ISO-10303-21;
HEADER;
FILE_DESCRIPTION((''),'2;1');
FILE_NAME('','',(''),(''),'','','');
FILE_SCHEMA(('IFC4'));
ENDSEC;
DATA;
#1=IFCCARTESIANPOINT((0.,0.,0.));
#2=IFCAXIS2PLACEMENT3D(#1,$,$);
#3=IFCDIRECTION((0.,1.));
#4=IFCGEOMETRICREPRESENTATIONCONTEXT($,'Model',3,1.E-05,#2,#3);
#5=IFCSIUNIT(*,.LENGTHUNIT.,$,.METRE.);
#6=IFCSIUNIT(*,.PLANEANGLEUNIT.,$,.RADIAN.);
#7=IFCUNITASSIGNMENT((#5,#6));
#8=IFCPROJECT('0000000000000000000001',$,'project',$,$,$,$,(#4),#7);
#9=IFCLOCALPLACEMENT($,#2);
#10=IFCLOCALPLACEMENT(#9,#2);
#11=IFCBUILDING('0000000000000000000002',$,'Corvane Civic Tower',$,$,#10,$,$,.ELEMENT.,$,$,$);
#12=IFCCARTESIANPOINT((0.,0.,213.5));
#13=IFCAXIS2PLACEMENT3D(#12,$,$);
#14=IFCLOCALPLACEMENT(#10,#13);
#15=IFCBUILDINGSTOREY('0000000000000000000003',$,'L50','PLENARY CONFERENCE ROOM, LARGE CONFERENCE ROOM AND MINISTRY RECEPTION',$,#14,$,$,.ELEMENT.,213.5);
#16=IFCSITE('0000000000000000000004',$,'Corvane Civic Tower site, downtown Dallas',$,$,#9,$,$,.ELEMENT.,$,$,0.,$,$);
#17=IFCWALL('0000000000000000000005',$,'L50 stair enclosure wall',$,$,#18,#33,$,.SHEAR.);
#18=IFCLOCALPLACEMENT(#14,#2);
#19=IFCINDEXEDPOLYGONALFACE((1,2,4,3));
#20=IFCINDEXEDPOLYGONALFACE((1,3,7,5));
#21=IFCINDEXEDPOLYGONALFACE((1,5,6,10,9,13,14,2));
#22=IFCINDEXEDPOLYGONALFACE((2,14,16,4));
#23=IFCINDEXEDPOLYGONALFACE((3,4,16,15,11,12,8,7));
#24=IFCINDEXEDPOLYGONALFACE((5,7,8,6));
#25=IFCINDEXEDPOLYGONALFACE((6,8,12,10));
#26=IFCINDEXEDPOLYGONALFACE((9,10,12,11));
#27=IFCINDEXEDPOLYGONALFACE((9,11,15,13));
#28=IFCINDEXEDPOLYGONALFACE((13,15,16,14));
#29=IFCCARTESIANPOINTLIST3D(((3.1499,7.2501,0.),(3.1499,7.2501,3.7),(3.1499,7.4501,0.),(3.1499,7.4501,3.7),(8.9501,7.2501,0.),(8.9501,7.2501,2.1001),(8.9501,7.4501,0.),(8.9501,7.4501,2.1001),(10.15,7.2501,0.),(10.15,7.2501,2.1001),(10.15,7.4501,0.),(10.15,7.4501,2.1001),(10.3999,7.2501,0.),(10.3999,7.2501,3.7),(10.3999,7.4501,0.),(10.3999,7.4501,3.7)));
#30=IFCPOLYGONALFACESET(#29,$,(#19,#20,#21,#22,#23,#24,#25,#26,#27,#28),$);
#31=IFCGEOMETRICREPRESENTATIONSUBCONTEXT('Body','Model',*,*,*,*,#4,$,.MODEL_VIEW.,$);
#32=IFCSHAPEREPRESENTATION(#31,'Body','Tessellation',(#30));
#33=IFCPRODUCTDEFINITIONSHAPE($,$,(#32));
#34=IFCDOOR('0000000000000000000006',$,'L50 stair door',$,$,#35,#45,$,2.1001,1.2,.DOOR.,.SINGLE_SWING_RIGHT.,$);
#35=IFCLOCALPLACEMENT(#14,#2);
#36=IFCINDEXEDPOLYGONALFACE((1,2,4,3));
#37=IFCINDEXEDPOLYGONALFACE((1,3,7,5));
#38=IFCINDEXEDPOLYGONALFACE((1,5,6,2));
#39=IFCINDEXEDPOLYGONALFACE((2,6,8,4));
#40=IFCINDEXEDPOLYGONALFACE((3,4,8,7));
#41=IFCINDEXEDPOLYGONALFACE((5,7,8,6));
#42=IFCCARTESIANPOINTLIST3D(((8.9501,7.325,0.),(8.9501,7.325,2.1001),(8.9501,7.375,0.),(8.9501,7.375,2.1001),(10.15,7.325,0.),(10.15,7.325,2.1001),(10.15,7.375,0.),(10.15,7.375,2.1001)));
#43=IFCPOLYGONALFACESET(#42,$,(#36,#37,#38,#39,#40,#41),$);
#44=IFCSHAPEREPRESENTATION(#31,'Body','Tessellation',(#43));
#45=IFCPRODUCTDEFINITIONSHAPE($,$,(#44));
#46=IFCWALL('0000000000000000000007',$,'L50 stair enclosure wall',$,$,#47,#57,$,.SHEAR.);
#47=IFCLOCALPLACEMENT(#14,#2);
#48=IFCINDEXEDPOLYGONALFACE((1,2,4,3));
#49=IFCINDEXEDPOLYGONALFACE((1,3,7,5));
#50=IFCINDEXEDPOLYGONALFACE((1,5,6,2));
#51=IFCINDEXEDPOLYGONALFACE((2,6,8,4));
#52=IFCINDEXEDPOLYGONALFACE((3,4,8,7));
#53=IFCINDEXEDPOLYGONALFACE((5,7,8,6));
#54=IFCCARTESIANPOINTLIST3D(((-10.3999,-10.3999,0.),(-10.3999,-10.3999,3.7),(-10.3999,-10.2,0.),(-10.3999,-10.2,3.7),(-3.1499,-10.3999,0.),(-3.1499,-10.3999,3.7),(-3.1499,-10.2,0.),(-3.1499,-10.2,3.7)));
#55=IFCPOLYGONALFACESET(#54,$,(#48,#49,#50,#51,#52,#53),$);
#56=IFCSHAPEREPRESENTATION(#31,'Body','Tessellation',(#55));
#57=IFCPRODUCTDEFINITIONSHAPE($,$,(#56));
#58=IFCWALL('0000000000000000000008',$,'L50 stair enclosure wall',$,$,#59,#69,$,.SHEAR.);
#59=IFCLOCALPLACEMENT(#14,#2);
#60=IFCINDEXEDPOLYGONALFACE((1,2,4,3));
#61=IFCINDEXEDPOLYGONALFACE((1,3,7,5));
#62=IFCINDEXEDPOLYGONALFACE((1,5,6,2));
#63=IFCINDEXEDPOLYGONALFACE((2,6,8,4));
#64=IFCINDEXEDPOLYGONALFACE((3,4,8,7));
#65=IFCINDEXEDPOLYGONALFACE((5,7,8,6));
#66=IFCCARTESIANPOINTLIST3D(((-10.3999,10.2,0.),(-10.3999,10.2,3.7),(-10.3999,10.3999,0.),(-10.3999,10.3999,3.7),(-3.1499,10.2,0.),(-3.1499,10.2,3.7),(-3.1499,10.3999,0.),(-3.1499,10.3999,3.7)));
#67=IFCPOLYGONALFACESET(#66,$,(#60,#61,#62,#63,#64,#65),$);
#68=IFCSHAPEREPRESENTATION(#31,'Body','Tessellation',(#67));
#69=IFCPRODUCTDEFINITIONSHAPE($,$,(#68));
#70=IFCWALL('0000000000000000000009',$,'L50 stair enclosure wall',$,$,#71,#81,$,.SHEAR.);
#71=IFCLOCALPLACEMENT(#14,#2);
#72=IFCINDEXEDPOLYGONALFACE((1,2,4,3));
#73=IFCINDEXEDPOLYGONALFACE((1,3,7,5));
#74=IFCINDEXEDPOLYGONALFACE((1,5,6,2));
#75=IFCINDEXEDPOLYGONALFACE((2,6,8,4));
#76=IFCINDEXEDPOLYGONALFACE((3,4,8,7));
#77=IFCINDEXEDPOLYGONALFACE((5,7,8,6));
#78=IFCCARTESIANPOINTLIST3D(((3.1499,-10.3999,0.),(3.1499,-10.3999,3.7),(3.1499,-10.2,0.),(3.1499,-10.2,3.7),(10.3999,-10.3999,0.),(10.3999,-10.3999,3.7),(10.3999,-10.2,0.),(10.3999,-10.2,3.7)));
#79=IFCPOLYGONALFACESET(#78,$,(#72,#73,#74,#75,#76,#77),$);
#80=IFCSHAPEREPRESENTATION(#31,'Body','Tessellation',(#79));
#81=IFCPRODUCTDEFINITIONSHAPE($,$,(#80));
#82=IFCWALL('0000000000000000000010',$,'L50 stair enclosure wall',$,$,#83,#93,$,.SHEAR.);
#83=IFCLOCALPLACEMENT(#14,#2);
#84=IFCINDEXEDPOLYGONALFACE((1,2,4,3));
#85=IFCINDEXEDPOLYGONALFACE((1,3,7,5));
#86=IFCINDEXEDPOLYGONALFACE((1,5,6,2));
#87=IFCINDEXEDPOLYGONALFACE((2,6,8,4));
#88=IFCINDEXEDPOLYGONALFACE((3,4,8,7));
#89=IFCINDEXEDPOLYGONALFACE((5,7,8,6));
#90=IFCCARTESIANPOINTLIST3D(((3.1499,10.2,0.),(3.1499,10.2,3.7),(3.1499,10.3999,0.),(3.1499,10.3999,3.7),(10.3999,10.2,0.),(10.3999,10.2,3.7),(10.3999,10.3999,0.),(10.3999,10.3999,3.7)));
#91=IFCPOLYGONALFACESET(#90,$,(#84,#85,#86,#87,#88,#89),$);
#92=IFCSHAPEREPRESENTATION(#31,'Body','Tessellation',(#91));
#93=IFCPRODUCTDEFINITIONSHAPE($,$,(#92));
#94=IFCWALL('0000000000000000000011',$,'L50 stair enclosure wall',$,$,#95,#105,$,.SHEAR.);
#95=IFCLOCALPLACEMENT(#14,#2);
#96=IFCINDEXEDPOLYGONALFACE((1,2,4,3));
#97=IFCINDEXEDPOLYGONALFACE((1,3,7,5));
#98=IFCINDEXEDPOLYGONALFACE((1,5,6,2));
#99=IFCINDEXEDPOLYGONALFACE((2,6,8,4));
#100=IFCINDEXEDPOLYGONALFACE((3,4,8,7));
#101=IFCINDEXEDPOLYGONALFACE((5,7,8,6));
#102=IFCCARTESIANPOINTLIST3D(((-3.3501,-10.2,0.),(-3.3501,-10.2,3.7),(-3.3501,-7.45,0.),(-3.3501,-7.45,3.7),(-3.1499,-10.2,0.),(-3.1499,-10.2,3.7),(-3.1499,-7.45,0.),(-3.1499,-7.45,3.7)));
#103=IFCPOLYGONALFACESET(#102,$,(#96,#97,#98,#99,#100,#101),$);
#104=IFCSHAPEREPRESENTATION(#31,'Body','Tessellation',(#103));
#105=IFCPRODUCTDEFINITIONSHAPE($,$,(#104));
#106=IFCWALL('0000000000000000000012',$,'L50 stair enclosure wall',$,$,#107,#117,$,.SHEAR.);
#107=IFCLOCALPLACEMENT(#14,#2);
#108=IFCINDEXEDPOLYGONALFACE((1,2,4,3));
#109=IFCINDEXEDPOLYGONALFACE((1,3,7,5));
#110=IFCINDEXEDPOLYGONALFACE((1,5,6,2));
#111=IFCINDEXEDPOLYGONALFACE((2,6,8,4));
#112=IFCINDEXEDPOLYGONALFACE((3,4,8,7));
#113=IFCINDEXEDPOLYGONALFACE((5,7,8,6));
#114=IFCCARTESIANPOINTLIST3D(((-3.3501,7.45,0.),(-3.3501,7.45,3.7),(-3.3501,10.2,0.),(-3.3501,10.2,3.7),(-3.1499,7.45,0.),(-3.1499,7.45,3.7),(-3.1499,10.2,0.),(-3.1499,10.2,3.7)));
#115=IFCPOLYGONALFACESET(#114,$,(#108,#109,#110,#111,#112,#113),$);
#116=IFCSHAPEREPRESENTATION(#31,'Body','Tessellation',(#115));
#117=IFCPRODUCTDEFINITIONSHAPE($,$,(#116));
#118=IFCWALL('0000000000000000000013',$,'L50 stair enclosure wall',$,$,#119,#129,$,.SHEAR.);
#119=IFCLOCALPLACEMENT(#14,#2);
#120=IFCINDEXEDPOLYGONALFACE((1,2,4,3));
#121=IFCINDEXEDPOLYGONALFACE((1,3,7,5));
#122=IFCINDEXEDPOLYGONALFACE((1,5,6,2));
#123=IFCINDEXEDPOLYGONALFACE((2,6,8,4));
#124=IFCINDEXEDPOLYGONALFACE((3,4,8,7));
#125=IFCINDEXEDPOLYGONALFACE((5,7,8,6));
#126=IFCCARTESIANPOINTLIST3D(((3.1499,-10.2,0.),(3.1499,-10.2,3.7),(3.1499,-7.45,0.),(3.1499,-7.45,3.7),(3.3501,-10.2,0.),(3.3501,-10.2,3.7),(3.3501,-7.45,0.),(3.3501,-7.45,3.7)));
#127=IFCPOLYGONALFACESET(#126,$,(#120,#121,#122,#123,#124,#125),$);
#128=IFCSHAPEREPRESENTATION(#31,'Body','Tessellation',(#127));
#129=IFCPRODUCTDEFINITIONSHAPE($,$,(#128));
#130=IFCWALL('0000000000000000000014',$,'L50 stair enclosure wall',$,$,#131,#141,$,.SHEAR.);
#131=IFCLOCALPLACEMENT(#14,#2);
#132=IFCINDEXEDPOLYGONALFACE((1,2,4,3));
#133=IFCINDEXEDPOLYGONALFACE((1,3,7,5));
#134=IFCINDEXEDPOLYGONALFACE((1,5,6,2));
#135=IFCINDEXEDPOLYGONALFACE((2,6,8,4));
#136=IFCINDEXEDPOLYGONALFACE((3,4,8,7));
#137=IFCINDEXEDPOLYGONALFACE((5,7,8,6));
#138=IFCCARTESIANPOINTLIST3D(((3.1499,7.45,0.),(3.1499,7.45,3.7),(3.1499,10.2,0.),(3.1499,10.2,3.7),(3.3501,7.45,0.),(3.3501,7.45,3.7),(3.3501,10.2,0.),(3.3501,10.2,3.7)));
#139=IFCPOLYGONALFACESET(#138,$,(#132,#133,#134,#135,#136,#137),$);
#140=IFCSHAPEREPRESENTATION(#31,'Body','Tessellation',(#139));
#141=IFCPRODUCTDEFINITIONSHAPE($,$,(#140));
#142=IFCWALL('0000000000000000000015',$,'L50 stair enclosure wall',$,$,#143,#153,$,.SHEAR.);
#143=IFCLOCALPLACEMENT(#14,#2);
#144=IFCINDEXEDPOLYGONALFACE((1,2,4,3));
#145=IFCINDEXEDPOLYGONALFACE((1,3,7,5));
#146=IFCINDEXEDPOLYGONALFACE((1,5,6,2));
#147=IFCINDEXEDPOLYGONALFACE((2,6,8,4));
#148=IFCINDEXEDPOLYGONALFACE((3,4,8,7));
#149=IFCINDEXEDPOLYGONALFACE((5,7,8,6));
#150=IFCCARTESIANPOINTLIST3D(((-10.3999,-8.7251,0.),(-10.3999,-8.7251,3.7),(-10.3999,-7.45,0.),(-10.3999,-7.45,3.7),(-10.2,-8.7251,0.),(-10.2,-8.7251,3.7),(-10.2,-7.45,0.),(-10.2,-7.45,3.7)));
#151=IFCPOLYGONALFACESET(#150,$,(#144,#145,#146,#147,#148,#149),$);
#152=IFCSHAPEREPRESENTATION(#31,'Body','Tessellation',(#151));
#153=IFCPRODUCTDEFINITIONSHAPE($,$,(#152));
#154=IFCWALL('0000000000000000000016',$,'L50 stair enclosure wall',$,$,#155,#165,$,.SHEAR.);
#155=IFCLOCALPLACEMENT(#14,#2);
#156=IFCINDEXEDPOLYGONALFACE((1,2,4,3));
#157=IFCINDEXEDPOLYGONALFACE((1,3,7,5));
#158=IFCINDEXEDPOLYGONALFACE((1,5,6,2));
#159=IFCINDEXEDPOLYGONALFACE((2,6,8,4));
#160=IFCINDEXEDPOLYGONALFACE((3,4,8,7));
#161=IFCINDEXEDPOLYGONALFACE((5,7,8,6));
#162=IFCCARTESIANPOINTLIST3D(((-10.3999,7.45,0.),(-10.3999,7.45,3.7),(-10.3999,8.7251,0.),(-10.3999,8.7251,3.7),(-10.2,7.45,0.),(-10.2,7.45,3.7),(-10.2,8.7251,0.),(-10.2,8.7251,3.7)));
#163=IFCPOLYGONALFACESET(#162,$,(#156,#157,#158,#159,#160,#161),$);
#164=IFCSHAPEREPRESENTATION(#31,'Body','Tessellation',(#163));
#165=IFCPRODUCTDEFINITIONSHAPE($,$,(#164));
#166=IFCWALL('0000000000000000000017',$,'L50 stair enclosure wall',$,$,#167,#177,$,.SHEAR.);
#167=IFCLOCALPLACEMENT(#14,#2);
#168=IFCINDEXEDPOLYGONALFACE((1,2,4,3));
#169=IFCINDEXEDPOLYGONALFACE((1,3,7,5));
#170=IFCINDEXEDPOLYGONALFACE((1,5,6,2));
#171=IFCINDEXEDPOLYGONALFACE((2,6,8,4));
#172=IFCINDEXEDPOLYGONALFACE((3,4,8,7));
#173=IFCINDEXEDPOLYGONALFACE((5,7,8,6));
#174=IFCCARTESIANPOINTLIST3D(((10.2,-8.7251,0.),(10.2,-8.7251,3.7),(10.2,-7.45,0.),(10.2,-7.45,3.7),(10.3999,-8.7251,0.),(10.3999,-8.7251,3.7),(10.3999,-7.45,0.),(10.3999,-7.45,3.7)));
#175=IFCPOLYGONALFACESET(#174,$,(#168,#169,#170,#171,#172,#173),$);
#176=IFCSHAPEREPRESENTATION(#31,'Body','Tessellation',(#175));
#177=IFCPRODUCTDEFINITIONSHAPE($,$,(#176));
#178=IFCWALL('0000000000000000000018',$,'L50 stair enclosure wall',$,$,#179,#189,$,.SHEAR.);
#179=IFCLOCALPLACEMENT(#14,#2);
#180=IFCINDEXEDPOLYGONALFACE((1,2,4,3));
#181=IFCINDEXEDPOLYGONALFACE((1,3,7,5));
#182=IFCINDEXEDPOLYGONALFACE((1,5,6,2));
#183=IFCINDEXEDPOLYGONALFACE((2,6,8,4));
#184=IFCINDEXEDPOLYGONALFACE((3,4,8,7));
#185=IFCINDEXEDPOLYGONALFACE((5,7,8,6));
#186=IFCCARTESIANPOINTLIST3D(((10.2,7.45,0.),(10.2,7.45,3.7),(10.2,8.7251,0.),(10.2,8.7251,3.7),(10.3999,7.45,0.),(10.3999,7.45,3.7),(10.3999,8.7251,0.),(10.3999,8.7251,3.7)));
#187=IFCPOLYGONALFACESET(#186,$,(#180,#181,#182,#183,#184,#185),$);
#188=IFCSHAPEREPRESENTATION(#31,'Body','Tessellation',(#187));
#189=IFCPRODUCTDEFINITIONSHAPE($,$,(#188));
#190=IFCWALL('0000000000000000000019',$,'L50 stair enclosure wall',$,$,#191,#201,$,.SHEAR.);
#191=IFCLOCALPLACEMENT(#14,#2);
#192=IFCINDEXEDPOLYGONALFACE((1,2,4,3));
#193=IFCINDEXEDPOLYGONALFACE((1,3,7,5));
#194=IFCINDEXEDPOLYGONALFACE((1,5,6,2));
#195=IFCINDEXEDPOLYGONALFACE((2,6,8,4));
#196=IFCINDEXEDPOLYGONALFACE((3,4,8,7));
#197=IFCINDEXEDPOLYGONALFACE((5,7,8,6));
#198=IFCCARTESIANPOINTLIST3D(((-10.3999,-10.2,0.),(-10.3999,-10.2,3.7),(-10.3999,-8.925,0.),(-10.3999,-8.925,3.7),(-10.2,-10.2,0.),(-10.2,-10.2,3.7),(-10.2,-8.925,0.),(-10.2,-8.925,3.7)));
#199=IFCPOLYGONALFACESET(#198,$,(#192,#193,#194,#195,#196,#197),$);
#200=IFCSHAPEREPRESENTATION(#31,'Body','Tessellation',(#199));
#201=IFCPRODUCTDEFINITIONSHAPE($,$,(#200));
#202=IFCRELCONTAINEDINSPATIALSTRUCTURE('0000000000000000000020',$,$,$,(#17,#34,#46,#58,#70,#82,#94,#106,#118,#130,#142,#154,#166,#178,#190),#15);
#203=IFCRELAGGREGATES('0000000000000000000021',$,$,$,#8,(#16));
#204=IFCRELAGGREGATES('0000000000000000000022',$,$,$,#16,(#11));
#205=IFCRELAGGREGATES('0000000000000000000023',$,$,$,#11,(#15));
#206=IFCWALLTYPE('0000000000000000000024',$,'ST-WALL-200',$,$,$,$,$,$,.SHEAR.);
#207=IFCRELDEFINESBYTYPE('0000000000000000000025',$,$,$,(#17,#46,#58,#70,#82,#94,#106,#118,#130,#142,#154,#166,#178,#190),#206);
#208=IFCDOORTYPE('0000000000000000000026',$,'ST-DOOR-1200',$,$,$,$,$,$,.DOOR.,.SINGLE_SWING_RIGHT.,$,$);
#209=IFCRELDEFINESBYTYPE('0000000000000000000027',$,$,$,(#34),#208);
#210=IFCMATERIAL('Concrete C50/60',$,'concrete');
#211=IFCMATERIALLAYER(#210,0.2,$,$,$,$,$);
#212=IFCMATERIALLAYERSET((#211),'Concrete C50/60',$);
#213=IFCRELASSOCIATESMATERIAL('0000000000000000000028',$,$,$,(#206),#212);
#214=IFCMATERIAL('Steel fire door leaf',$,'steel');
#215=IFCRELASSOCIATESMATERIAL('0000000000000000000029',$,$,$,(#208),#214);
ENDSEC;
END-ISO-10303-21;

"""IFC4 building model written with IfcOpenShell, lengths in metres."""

from ifc_helpers import new_model, si_unit, direction, frame, frame_2d, origin, place, context, subcontext, project, spatial, polyline, rectangle, outline, extrude, material, layer, layer_set, type_object, element, fill, save


model = new_model("IFC4")

# Units and contexts
model_context = context("Model", 3, precision=1e-05, world=origin(), true_north=direction((0.0, 1.0)))
body_context = subcontext(model_context, "Body", "Model", "MODEL_VIEW")
ifc_project = project(units=[si_unit("LENGTHUNIT", "METRE"), si_unit("PLANEANGLEUNIT", "RADIAN")], contexts=[model_context])

# Site, building, storey
site_placement = place(None, origin())
site = spatial("IfcSite", under=ifc_project, at=site_placement, Name="Corvane Civic Tower site, downtown Dallas", CompositionType="ELEMENT", RefElevation=0.0)
building_placement = place(site_placement, origin())
building = spatial("IfcBuilding", under=site, at=building_placement, Name="Corvane Civic Tower", CompositionType="ELEMENT")
storey_placement = place(building_placement, frame((0.0, 0.0, 213.5)))
storey = spatial("IfcBuildingStorey", under=building, at=storey_placement, Name="L50", Description="PLENARY CONFERENCE ROOM, LARGE CONFERENCE ROOM AND MINISTRY RECEPTION", CompositionType="ELEMENT", Elevation=213.5)

# Wall, opening, door
ifc_material_1 = material(Name="Concrete C50/60", Category="concrete")
ifc_layer_1 = layer(ifc_material_1, 0.2)
ifc_layer_set_1 = layer_set([ifc_layer_1], Name="Concrete C50/60")
wall_type_1 = type_object("IfcWallType", Name="ST-WALL-200", PredefinedType="SHEAR", material=ifc_layer_set_1)
wall_1_placement = place(storey_placement, frame((3.1499, 7.3501, 0.0), z_axis=(0.0, 0.0, 1.0), x_axis=(1.0, 0.0, 0.0)))
wall_1 = element("IfcWall", 1, at=wall_1_placement, inside=storey, type_object=wall_type_1, Name="L50 stair enclosure wall", PredefinedType="SHEAR", context=body_context, shape_type="SweptSolid", body=[
    extrude(rectangle(XDim=7.25, YDim=0.2, at=frame_2d((3.625, 0.0))), origin(), (0.0, 0.0, 1.0), 3.7),
])
opening_1_placement = place(wall_1_placement, frame((5.8, 0.0, 0.0)))
opening_1 = element("IfcOpeningElement", 2, at=opening_1_placement, cuts=wall_1, PredefinedType="OPENING", context=body_context, shape_type="SweptSolid", body=[
    extrude(rectangle(XDim=1.2, YDim=2.1001, at=frame_2d((0.6001, 1.05))), frame((0.0, 0.1099, 0.0), z_axis=(0.0, -1.0, 0.0), x_axis=(1.0, 0.0, 0.0)), (0.0, 0.0, 1.0), 0.22),
])
ifc_material_2 = material(Name="Steel fire door leaf", Category="steel")
door_type_1 = type_object("IfcDoorType", Name="ST-DOOR-1200", OperationType="SINGLE_SWING_RIGHT", PredefinedType="DOOR", material=ifc_material_2)
door_1_placement = place(opening_1_placement, origin())
door_1 = element("IfcDoor", 3, at=door_1_placement, inside=storey, type_object=door_type_1, Name="L50 stair door", OperationType="SINGLE_SWING_RIGHT", OverallHeight=2.1001, OverallWidth=1.2, PredefinedType="DOOR", context=body_context, shape_type="SweptSolid", body=[
    extrude(rectangle(XDim=1.2, YDim=2.1001, at=frame_2d((0.6001, 1.05))), frame((0.0, 0.0249, 0.0), z_axis=(0.0, -1.0, 0.0), x_axis=(1.0, 0.0, 0.0)), (0.0, 0.0, 1.0), 0.05),
])
fill(opening_1, door_1)

# Walls
wall_2_placement = place(storey_placement, origin())
element("IfcWall", 4, at=wall_2_placement, inside=storey, type_object=wall_type_1, Name="L50 stair enclosure wall", PredefinedType="SHEAR", context=body_context, shape_type="SweptSolid", body=[
    extrude(outline(polyline([(-3.1499, -10.2), (-3.1499, -10.3999), (-10.3999, -10.3999), (-10.3999, -10.2), (-3.1499, -10.2)])), origin(), (0.0, 0.0, 1.0), 3.7),
])
wall_3_placement = place(storey_placement, origin())
element("IfcWall", 5, at=wall_3_placement, inside=storey, type_object=wall_type_1, Name="L50 stair enclosure wall", PredefinedType="SHEAR", context=body_context, shape_type="SweptSolid", body=[
    extrude(outline(polyline([(-3.1499, 10.2), (-10.3999, 10.2), (-10.3999, 10.3999), (-3.1499, 10.3999), (-3.1499, 10.2)])), origin(), (0.0, 0.0, 1.0), 3.7),
])
wall_4_placement = place(storey_placement, origin())
element("IfcWall", 6, at=wall_4_placement, inside=storey, type_object=wall_type_1, Name="L50 stair enclosure wall", PredefinedType="SHEAR", context=body_context, shape_type="SweptSolid", body=[
    extrude(outline(polyline([(10.3999, -10.3999), (3.1499, -10.3999), (3.1499, -10.2), (10.3999, -10.2), (10.3999, -10.3999)])), origin(), (0.0, 0.0, 1.0), 3.7),
])
wall_5_placement = place(storey_placement, origin())
element("IfcWall", 7, at=wall_5_placement, inside=storey, type_object=wall_type_1, Name="L50 stair enclosure wall", PredefinedType="SHEAR", context=body_context, shape_type="SweptSolid", body=[
    extrude(outline(polyline([(10.3999, 10.2), (3.1499, 10.2), (3.1499, 10.3999), (10.3999, 10.3999), (10.3999, 10.2)])), origin(), (0.0, 0.0, 1.0), 3.7),
])
wall_6_placement = place(storey_placement, origin())
element("IfcWall", 8, at=wall_6_placement, inside=storey, type_object=wall_type_1, Name="L50 stair enclosure wall", PredefinedType="SHEAR", context=body_context, shape_type="SweptSolid", body=[
    extrude(outline(polyline([(-3.1499, -7.45), (-3.1499, -10.2), (-3.3501, -10.2), (-3.3501, -7.45), (-3.1499, -7.45)])), origin(), (0.0, 0.0, 1.0), 3.7),
])
wall_7_placement = place(storey_placement, origin())
element("IfcWall", 9, at=wall_7_placement, inside=storey, type_object=wall_type_1, Name="L50 stair enclosure wall", PredefinedType="SHEAR", context=body_context, shape_type="SweptSolid", body=[
    extrude(outline(polyline([(-3.1499, 7.45), (-3.3501, 7.45), (-3.3501, 10.2), (-3.1499, 10.2), (-3.1499, 7.45)])), origin(), (0.0, 0.0, 1.0), 3.7),
])
wall_8_placement = place(storey_placement, origin())
element("IfcWall", 10, at=wall_8_placement, inside=storey, type_object=wall_type_1, Name="L50 stair enclosure wall", PredefinedType="SHEAR", context=body_context, shape_type="SweptSolid", body=[
    extrude(outline(polyline([(3.3501, -7.45), (3.3501, -10.2), (3.1499, -10.2), (3.1499, -7.45), (3.3501, -7.45)])), origin(), (0.0, 0.0, 1.0), 3.7),
])
wall_9_placement = place(storey_placement, origin())
element("IfcWall", 11, at=wall_9_placement, inside=storey, type_object=wall_type_1, Name="L50 stair enclosure wall", PredefinedType="SHEAR", context=body_context, shape_type="SweptSolid", body=[
    extrude(outline(polyline([(3.3501, 7.45), (3.1499, 7.45), (3.1499, 10.2), (3.3501, 10.2), (3.3501, 7.45)])), origin(), (0.0, 0.0, 1.0), 3.7),
])
wall_10_placement = place(storey_placement, origin())
element("IfcWall", 12, at=wall_10_placement, inside=storey, type_object=wall_type_1, Name="L50 stair enclosure wall", PredefinedType="SHEAR", context=body_context, shape_type="SweptSolid", body=[
    extrude(outline(polyline([(-10.2, -7.45), (-10.2, -8.7251), (-10.3999, -8.7251), (-10.3999, -7.45), (-10.2, -7.45)])), origin(), (0.0, 0.0, 1.0), 3.7),
])
wall_11_placement = place(storey_placement, origin())
element("IfcWall", 13, at=wall_11_placement, inside=storey, type_object=wall_type_1, Name="L50 stair enclosure wall", PredefinedType="SHEAR", context=body_context, shape_type="SweptSolid", body=[
    extrude(outline(polyline([(-10.2, 8.7251), (-10.2, 7.45), (-10.3999, 7.45), (-10.3999, 8.7251), (-10.2, 8.7251)])), origin(), (0.0, 0.0, 1.0), 3.7),
])
wall_12_placement = place(storey_placement, origin())
element("IfcWall", 14, at=wall_12_placement, inside=storey, type_object=wall_type_1, Name="L50 stair enclosure wall", PredefinedType="SHEAR", context=body_context, shape_type="SweptSolid", body=[
    extrude(outline(polyline([(10.3999, -7.45), (10.3999, -8.7251), (10.2, -8.7251), (10.2, -7.45), (10.3999, -7.45)])), origin(), (0.0, 0.0, 1.0), 3.7),
])
wall_13_placement = place(storey_placement, origin())
element("IfcWall", 15, at=wall_13_placement, inside=storey, type_object=wall_type_1, Name="L50 stair enclosure wall", PredefinedType="SHEAR", context=body_context, shape_type="SweptSolid", body=[
    extrude(outline(polyline([(10.3999, 8.7251), (10.3999, 7.45), (10.2, 7.45), (10.2, 8.7251), (10.3999, 8.7251)])), origin(), (0.0, 0.0, 1.0), 3.7),
])
wall_14_placement = place(storey_placement, origin())
element("IfcWall", 16, at=wall_14_placement, inside=storey, type_object=wall_type_1, Name="L50 stair enclosure wall", PredefinedType="SHEAR", context=body_context, shape_type="SweptSolid", body=[
    extrude(outline(polyline([(-10.2, -8.925), (-10.2, -10.2), (-10.3999, -10.2), (-10.3999, -8.925), (-10.2, -8.925)])), origin(), (0.0, 0.0, 1.0), 3.7),
])

save(model, "model.ifc")
